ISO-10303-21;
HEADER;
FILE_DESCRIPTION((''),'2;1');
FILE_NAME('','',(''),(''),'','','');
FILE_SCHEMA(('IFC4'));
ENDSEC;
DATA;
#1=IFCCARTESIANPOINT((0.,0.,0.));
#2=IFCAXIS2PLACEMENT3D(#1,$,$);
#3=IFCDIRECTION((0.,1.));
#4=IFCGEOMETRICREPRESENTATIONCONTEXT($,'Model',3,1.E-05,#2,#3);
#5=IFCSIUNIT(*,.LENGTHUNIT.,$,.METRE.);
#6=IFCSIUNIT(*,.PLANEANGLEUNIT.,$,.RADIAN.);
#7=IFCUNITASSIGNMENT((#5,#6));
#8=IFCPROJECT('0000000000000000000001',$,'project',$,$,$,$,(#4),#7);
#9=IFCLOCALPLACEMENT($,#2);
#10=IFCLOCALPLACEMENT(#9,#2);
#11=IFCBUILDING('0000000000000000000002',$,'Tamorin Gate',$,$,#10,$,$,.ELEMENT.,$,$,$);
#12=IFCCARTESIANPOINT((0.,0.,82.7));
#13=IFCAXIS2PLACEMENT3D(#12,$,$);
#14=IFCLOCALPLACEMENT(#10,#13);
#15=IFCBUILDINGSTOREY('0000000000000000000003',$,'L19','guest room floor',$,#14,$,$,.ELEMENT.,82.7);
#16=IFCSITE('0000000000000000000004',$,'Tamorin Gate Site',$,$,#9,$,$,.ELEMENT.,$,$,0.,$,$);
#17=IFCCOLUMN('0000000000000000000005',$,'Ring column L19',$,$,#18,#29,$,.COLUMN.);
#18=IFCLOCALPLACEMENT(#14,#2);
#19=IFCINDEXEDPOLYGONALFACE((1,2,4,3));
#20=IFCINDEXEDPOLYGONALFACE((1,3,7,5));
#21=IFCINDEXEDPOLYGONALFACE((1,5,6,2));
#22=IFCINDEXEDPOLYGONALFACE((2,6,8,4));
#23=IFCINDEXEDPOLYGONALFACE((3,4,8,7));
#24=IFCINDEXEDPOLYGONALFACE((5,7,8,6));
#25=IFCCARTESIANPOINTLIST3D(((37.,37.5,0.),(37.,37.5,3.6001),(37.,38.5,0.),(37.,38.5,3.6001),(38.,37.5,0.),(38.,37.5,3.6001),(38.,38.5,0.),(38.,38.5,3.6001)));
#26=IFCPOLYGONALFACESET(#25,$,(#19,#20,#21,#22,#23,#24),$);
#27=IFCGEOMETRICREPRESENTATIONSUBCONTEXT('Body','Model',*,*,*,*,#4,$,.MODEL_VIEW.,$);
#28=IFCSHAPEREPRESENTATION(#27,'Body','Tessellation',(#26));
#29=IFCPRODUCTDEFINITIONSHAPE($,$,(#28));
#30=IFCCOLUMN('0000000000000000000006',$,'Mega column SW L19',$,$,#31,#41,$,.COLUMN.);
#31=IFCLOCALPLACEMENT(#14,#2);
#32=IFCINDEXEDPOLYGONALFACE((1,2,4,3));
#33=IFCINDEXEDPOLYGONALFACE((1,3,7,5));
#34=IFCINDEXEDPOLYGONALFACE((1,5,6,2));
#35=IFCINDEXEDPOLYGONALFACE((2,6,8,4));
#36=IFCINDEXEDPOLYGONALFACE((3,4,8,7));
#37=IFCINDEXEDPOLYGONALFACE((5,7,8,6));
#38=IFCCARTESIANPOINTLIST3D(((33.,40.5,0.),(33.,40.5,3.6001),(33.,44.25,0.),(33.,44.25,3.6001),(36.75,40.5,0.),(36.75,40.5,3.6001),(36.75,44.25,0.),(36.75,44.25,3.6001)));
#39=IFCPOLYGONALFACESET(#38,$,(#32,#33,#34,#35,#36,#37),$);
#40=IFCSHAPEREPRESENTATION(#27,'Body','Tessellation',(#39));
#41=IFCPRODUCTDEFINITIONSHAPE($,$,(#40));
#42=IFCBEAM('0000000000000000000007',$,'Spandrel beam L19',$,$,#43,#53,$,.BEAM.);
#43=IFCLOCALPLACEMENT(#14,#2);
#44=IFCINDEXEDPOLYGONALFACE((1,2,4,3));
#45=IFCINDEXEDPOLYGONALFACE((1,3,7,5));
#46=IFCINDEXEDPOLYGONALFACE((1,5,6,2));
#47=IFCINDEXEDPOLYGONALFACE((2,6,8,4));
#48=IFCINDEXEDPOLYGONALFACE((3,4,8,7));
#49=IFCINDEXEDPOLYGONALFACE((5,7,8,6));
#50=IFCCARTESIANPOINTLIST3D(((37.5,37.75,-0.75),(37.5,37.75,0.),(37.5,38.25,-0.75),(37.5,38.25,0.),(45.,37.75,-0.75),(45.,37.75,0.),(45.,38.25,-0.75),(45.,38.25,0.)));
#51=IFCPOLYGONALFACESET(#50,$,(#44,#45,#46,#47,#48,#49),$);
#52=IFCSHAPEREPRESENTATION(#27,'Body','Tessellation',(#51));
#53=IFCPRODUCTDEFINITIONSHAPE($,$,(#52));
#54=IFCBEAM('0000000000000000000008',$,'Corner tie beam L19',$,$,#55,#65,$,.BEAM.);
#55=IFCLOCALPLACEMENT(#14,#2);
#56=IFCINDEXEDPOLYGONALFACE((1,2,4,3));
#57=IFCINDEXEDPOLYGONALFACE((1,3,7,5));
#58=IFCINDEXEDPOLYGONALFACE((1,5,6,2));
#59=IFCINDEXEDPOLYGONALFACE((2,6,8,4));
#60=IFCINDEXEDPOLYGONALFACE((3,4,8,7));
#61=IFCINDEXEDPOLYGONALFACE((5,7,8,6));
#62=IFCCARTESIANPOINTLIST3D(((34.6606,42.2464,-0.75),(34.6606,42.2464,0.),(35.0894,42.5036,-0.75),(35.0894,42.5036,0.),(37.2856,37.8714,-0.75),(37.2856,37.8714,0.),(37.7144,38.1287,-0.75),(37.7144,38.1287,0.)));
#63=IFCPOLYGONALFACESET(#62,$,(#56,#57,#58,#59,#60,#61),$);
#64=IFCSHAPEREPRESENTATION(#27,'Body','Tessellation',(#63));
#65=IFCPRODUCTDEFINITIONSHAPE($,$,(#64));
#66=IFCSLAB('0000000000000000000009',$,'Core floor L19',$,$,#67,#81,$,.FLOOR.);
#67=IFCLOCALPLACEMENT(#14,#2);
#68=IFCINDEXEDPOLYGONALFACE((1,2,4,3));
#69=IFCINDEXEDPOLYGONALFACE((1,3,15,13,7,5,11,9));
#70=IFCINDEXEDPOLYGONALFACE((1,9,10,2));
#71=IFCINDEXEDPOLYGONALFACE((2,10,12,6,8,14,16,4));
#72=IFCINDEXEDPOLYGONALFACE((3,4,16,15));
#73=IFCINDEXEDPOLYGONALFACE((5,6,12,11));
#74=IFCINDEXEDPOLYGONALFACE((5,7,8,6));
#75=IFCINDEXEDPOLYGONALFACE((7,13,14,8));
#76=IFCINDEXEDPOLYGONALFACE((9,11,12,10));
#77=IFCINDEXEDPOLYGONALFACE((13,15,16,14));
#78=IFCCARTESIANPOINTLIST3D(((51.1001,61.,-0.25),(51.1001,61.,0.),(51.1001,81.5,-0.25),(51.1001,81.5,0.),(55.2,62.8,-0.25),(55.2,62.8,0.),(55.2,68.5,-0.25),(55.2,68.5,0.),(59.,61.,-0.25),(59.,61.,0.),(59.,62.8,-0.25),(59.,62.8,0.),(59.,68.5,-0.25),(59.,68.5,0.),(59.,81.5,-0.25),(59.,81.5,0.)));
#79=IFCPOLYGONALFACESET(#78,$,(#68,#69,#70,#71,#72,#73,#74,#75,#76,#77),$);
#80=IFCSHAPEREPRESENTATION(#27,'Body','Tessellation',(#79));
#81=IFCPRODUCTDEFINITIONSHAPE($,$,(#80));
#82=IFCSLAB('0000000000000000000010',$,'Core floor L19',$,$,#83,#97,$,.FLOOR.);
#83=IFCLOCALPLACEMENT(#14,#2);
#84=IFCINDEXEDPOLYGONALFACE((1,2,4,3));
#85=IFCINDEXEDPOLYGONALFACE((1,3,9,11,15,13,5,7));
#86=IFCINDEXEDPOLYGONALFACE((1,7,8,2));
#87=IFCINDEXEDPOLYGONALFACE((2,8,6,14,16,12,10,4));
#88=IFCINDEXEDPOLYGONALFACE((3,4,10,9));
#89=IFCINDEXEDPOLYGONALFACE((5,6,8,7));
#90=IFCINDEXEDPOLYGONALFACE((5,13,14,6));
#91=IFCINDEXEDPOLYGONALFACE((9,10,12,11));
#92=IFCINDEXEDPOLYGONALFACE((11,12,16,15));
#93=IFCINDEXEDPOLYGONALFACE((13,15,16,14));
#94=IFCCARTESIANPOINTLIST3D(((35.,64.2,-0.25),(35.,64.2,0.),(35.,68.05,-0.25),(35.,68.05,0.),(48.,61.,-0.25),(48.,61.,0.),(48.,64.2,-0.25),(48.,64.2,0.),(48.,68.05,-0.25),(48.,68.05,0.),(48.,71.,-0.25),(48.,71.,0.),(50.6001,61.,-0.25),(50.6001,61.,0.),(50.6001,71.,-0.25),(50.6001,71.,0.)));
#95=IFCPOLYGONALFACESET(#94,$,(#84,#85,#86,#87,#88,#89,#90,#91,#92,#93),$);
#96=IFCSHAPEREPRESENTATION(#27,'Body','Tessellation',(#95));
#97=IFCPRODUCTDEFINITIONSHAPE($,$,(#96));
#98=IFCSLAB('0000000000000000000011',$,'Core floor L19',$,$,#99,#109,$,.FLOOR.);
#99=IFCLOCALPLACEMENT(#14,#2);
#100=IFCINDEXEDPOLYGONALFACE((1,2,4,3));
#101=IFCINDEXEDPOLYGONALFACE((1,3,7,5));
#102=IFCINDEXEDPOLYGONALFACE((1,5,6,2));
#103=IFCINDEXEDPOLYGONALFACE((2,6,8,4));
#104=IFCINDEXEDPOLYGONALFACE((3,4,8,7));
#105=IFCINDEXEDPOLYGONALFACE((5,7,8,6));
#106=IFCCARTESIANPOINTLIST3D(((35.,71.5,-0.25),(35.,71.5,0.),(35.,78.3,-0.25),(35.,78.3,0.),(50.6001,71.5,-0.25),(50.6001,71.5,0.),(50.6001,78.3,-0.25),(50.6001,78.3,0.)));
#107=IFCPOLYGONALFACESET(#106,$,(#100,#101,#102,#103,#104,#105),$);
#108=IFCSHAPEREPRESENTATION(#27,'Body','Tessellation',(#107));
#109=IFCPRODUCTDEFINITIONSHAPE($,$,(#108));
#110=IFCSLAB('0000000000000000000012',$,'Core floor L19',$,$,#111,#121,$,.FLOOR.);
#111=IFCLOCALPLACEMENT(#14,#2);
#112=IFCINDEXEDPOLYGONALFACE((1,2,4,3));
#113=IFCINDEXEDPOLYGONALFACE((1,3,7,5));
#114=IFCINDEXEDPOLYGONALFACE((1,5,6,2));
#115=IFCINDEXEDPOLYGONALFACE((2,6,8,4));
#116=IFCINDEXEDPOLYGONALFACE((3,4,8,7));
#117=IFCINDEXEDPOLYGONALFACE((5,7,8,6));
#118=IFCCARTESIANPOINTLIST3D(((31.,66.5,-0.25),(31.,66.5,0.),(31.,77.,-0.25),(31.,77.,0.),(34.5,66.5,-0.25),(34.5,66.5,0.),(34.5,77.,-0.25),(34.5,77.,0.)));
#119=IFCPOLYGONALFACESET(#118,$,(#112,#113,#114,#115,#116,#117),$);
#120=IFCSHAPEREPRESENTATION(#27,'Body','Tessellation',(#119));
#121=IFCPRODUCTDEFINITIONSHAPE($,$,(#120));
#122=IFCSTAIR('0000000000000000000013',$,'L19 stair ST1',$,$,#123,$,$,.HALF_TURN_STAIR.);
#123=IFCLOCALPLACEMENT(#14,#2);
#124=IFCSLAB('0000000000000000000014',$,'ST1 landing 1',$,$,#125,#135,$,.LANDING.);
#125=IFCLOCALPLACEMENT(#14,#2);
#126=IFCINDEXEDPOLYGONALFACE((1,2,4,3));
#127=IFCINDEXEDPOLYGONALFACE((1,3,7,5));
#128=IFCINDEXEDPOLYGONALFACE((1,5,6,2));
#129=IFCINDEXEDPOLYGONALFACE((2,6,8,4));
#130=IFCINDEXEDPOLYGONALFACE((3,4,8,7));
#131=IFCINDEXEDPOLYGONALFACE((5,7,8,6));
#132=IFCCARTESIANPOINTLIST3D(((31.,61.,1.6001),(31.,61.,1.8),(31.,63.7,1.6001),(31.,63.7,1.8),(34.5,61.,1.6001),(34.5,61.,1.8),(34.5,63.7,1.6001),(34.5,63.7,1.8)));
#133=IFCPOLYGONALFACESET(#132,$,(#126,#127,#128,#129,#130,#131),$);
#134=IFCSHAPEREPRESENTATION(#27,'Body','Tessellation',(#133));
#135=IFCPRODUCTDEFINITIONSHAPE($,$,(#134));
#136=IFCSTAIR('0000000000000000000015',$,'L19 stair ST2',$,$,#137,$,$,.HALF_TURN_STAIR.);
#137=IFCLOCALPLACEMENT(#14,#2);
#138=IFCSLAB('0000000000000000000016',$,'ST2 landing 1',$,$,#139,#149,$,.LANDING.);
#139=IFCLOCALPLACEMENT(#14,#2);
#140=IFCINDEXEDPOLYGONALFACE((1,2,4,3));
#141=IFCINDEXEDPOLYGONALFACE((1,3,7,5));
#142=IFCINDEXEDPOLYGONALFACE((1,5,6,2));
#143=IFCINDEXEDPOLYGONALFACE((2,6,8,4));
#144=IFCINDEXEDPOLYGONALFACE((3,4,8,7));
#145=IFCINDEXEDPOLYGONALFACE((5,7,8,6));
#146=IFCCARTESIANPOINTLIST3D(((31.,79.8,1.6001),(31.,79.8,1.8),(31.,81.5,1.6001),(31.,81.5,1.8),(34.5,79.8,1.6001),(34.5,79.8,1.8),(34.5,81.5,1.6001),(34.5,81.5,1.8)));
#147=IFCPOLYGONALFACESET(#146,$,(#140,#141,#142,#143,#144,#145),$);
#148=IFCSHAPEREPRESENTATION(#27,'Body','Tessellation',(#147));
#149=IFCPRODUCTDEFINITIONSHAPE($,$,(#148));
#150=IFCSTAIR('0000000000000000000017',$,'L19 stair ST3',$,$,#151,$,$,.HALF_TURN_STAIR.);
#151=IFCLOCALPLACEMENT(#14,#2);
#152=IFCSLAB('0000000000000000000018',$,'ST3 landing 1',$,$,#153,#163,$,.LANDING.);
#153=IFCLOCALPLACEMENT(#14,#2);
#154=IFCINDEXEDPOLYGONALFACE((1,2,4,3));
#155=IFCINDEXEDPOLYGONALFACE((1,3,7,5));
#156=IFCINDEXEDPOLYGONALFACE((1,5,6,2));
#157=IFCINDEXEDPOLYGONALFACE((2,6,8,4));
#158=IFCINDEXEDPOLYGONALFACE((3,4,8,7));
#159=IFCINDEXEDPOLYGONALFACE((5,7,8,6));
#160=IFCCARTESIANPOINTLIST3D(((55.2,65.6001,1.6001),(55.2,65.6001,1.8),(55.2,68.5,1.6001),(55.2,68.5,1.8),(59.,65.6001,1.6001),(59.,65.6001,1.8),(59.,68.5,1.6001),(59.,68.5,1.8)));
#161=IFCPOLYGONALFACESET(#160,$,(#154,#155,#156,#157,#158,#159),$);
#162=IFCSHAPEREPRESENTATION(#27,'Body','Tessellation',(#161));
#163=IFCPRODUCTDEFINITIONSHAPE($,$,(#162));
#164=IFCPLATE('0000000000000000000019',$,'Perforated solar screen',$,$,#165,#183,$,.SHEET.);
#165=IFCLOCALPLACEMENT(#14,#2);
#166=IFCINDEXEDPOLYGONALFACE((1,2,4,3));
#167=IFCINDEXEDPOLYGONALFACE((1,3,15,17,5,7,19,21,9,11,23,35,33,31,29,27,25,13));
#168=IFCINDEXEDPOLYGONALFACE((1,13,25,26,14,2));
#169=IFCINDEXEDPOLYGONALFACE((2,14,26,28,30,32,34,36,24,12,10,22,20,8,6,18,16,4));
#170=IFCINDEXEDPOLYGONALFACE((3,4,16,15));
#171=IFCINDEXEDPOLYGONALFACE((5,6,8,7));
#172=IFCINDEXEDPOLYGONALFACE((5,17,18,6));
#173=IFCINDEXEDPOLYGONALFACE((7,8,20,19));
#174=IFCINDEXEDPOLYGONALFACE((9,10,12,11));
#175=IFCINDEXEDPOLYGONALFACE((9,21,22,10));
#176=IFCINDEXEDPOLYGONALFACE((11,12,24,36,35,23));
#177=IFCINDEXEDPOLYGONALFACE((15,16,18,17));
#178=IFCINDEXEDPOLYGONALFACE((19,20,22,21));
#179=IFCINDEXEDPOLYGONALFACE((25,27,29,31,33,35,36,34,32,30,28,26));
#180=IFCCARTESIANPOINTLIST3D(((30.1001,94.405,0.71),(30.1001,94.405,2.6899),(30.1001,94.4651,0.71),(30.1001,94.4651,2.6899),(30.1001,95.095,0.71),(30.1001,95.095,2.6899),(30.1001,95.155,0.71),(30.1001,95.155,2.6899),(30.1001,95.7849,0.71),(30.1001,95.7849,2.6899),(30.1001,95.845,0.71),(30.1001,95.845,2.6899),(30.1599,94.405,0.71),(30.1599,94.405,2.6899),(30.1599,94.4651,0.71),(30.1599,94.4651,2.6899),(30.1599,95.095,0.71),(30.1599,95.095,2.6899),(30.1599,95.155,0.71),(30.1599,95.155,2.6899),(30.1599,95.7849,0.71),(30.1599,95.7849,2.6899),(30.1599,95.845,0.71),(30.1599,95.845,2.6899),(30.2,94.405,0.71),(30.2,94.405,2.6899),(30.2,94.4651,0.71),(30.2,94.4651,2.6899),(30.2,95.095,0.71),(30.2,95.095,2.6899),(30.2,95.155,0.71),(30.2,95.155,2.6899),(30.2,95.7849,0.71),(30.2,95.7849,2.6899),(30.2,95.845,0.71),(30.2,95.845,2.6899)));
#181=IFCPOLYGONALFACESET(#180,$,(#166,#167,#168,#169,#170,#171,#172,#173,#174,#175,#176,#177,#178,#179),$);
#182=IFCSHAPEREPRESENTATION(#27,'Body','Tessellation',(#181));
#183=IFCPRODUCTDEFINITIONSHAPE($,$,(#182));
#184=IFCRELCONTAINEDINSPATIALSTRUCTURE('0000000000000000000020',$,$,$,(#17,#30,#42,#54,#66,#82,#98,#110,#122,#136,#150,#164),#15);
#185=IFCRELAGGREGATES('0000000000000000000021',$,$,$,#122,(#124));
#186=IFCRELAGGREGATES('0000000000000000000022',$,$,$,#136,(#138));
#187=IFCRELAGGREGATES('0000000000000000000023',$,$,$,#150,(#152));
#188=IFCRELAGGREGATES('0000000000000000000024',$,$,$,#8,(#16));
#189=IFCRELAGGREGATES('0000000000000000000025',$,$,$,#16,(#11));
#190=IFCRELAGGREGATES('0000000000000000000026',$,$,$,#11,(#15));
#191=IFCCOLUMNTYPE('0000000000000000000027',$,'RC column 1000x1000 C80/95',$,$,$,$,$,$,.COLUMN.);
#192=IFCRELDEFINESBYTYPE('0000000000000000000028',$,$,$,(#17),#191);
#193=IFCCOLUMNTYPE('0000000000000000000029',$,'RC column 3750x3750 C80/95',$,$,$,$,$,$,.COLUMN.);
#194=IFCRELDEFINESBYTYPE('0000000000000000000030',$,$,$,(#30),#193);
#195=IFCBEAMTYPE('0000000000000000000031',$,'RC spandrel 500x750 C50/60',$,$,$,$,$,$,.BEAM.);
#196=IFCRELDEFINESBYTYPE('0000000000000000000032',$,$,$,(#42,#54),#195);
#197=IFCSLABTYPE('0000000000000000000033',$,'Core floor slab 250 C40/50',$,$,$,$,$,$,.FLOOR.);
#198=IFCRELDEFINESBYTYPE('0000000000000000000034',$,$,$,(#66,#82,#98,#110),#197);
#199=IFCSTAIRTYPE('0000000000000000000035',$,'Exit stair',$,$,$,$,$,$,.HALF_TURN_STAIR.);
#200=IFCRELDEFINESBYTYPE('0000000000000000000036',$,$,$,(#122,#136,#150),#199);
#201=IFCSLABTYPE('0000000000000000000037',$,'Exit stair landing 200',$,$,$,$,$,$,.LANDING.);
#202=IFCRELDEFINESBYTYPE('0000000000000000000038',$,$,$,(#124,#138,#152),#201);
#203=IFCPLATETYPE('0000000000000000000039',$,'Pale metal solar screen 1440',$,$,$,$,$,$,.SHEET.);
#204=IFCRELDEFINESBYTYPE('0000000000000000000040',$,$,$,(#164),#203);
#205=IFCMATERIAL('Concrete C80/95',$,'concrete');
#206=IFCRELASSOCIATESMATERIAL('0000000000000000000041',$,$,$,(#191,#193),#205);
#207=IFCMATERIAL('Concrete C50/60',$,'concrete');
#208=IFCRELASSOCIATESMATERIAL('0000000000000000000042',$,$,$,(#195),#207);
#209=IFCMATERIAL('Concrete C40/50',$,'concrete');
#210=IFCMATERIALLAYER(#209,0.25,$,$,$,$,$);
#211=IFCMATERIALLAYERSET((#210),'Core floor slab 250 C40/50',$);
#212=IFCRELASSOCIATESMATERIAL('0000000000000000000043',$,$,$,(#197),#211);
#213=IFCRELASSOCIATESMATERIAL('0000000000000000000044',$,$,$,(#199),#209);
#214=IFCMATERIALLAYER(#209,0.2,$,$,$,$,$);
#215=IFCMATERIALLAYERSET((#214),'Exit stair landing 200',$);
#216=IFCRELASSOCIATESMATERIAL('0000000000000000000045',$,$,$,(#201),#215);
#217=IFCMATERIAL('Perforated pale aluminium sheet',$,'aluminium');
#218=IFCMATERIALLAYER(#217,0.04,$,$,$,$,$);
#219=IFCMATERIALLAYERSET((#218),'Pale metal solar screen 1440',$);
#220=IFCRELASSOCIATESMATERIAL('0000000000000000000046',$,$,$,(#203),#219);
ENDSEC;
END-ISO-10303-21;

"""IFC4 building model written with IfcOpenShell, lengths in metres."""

from ifc_helpers import new_model, si_unit, direction, frame, origin, origin_2d, place, context, subcontext, project, spatial, polyline, rectangle, outline, extrude, material, layer, layer_set, material_profile, profile_set, type_object, element, aggregate, save


model = new_model("IFC4")

# Units and contexts
model_context = context("Model", 3, precision=1e-05, world=origin(), true_north=direction((0.0, 1.0)))
body_context = subcontext(model_context, "Body", "Model", "MODEL_VIEW")
ifc_project = project(units=[si_unit("LENGTHUNIT", "METRE"), si_unit("PLANEANGLEUNIT", "RADIAN")], contexts=[model_context])

# Site, building, storey
site_placement = place(None, origin())
site = spatial("IfcSite", under=ifc_project, at=site_placement, Name="Tamorin Gate Site", CompositionType="ELEMENT", RefElevation=0.0)
building_placement = place(site_placement, origin())
building = spatial("IfcBuilding", under=site, at=building_placement, Name="Tamorin Gate", CompositionType="ELEMENT")
storey_placement = place(building_placement, frame((0.0, 0.0, 82.7)))
storey = spatial("IfcBuildingStorey", under=building, at=storey_placement, Name="L19", Description="guest room floor", CompositionType="ELEMENT", Elevation=82.7)

# Columns
ifc_material_1 = material(Name="Concrete C80/95", Category="concrete")
ifc_material_profile_1 = material_profile(ifc_material_1, rectangle(XDim=1.0, YDim=1.0, at=origin_2d()), Name="RC 1000x1000")
ifc_profile_set_1 = profile_set([ifc_material_profile_1], Name="Concrete C80/95")
column_type_1 = type_object("IfcColumnType", Name="RC column 1000x1000 C80/95", PredefinedType="COLUMN", material=ifc_profile_set_1)
column_1_placement = place(storey_placement, frame((37.5, 38.0, 0.0), z_axis=(0.0, 0.0, 1.0), x_axis=(1.0, 0.0, 0.0)))
element("IfcColumn", 1, at=column_1_placement, inside=storey, type_object=column_type_1, Name="Ring column L19", PredefinedType="COLUMN", context=body_context, shape_type="SweptSolid", body=[
    extrude(rectangle(XDim=1.0, YDim=1.0, at=origin_2d()), origin(), (0.0, 0.0, 1.0), 3.6001),
])
ifc_material_profile_2 = material_profile(ifc_material_1, rectangle(XDim=3.75, YDim=3.75, at=origin_2d()), Name="RC 3750x3750")
ifc_profile_set_2 = profile_set([ifc_material_profile_2], Name="Concrete C80/95")
column_type_2 = type_object("IfcColumnType", Name="RC column 3750x3750 C80/95", PredefinedType="COLUMN", material=ifc_profile_set_2)
column_2_placement = place(storey_placement, frame((34.875, 42.375, 0.0), z_axis=(0.0, 0.0, 1.0), x_axis=(1.0, 0.0, 0.0)))
element("IfcColumn", 2, at=column_2_placement, inside=storey, type_object=column_type_2, Name="Mega column SW L19", PredefinedType="COLUMN", context=body_context, shape_type="SweptSolid", body=[
    extrude(rectangle(XDim=3.75, YDim=3.75, at=origin_2d()), origin(), (0.0, 0.0, 1.0), 3.6001),
])

# Beams
ifc_material_2 = material(Name="Concrete C50/60", Category="concrete")
ifc_material_profile_3 = material_profile(ifc_material_2, rectangle(XDim=0.5, YDim=0.75, at=origin_2d()), Name="RC 500x750")
ifc_profile_set_3 = profile_set([ifc_material_profile_3], Name="Concrete C50/60")
beam_type = type_object("IfcBeamType", Name="RC spandrel 500x750 C50/60", PredefinedType="BEAM", material=ifc_profile_set_3)
beam_1_placement = place(storey_placement, frame((37.5, 38.0, -0.375), z_axis=(1.0, 0.0, 0.0), x_axis=(0.0, 1.0, 0.0)))
element("IfcBeam", 3, at=beam_1_placement, inside=storey, type_object=beam_type, Name="Spandrel beam L19", PredefinedType="BEAM", context=body_context, shape_type="SweptSolid", body=[
    extrude(rectangle(XDim=0.5, YDim=0.75, at=origin_2d()), origin(), (0.0, 0.0, 1.0), 7.5),
])
beam_2_placement = place(storey_placement, frame((34.875, 42.375, -0.375), z_axis=(0.514496, -0.857493, 0.0), x_axis=(0.857493, 0.514496, 0.0)))
element("IfcBeam", 4, at=beam_2_placement, inside=storey, type_object=beam_type, Name="Corner tie beam L19", PredefinedType="BEAM", context=body_context, shape_type="SweptSolid", body=[
    extrude(rectangle(XDim=0.5, YDim=0.75, at=origin_2d()), origin(), (0.0, 0.0, 1.0), 5.1021),
])

# Slabs
ifc_material_3 = material(Name="Concrete C40/50", Category="concrete")
ifc_layer_1 = layer(ifc_material_3, 0.25)
ifc_layer_set_1 = layer_set([ifc_layer_1], Name="Core floor slab 250 C40/50")
slab_type_1 = type_object("IfcSlabType", Name="Core floor slab 250 C40/50", PredefinedType="FLOOR", material=ifc_layer_set_1)
slab_1_placement = place(storey_placement, frame((0.0, 0.0, -0.25)))
element("IfcSlab", 5, at=slab_1_placement, inside=storey, type_object=slab_type_1, Name="Core floor L19", PredefinedType="FLOOR", context=body_context, shape_type="SweptSolid", body=[
    extrude(outline(polyline([(59.0, 62.8), (59.0, 61.0), (51.1001, 61.0), (51.1001, 81.5), (59.0, 81.5), (59.0, 68.5), (55.2, 68.5), (55.2, 62.8), (59.0, 62.8)])), origin(), (0.0, 0.0, 1.0), 0.25),
])
slab_2_placement = place(storey_placement, frame((0.0, 0.0, -0.25)))
element("IfcSlab", 6, at=slab_2_placement, inside=storey, type_object=slab_type_1, Name="Core floor L19", PredefinedType="FLOOR", context=body_context, shape_type="SweptSolid", body=[
    extrude(outline(polyline([(50.6001, 61.0), (48.0, 61.0), (48.0, 64.2), (35.0, 64.2), (35.0, 68.05), (48.0, 68.05), (48.0, 71.0), (50.6001, 71.0), (50.6001, 61.0)])), origin(), (0.0, 0.0, 1.0), 0.25),
])
slab_3_placement = place(storey_placement, frame((0.0, 0.0, -0.25)))
element("IfcSlab", 7, at=slab_3_placement, inside=storey, type_object=slab_type_1, Name="Core floor L19", PredefinedType="FLOOR", context=body_context, shape_type="SweptSolid", body=[
    extrude(outline(polyline([(50.6001, 71.5), (35.0, 71.5), (35.0, 78.3), (50.6001, 78.3), (50.6001, 71.5)])), origin(), (0.0, 0.0, 1.0), 0.25),
])
slab_4_placement = place(storey_placement, frame((0.0, 0.0, -0.25)))
element("IfcSlab", 8, at=slab_4_placement, inside=storey, type_object=slab_type_1, Name="Core floor L19", PredefinedType="FLOOR", context=body_context, shape_type="SweptSolid", body=[
    extrude(outline(polyline([(31.0, 66.5), (31.0, 77.0), (34.5, 77.0), (34.5, 66.5), (31.0, 66.5)])), origin(), (0.0, 0.0, 1.0), 0.25),
])

# Stairs, slabs
stair_type = type_object("IfcStairType", Name="Exit stair", PredefinedType="HALF_TURN_STAIR", material=ifc_material_3)
stair_1_placement = place(storey_placement, origin())
stair_1 = element("IfcStair", 9, at=stair_1_placement, inside=storey, type_object=stair_type, Name="L19 stair ST1", PredefinedType="HALF_TURN_STAIR")
ifc_layer_2 = layer(ifc_material_3, 0.2)
ifc_layer_set_2 = layer_set([ifc_layer_2], Name="Exit stair landing 200")
slab_type_2 = type_object("IfcSlabType", Name="Exit stair landing 200", PredefinedType="LANDING", material=ifc_layer_set_2)
slab_5_placement = place(storey_placement, frame((0.0, 0.0, 1.6001)))
slab_5 = element("IfcSlab", 10, at=slab_5_placement, type_object=slab_type_2, Name="ST1 landing 1", PredefinedType="LANDING", context=body_context, shape_type="SweptSolid", body=[
    extrude(outline(polyline([(31.0, 63.7), (31.0, 61.0), (34.5, 61.0), (34.5, 63.7), (31.0, 63.7)])), origin(), (0.0, 0.0, 1.0), 0.2),
])
aggregate(stair_1, [slab_5])
stair_2_placement = place(storey_placement, origin())
stair_2 = element("IfcStair", 11, at=stair_2_placement, inside=storey, type_object=stair_type, Name="L19 stair ST2", PredefinedType="HALF_TURN_STAIR")
slab_6_placement = place(storey_placement, frame((0.0, 0.0, 1.6001)))
slab_6 = element("IfcSlab", 12, at=slab_6_placement, type_object=slab_type_2, Name="ST2 landing 1", PredefinedType="LANDING", context=body_context, shape_type="SweptSolid", body=[
    extrude(outline(polyline([(34.5, 79.8), (34.5, 81.5), (31.0, 81.5), (31.0, 79.8), (34.5, 79.8)])), origin(), (0.0, 0.0, 1.0), 0.2),
])
aggregate(stair_2, [slab_6])
stair_3_placement = place(storey_placement, origin())
stair_3 = element("IfcStair", 13, at=stair_3_placement, inside=storey, type_object=stair_type, Name="L19 stair ST3", PredefinedType="HALF_TURN_STAIR")
slab_7_placement = place(storey_placement, frame((0.0, 0.0, 1.6001)))
slab_7 = element("IfcSlab", 14, at=slab_7_placement, type_object=slab_type_2, Name="ST3 landing 1", PredefinedType="LANDING", context=body_context, shape_type="SweptSolid", body=[
    extrude(outline(polyline([(59.0, 65.6001), (59.0, 68.5), (55.2, 68.5), (55.2, 65.6001), (59.0, 65.6001)])), origin(), (0.0, 0.0, 1.0), 0.2),
])
aggregate(stair_3, [slab_7])

# Plate
ifc_material_4 = material(Name="Perforated pale aluminium sheet", Category="aluminium")
ifc_layer_3 = layer(ifc_material_4, 0.04)
ifc_layer_set_3 = layer_set([ifc_layer_3], Name="Pale metal solar screen 1440")
plate_type = type_object("IfcPlateType", Name="Pale metal solar screen 1440", PredefinedType="SHEET", material=ifc_layer_set_3)
plate_1_placement = place(storey_placement, frame((0.0, 0.0, 0.71)))
element("IfcPlate", 15, at=plate_1_placement, inside=storey, type_object=plate_type, Name="Perforated solar screen", PredefinedType="SHEET", context=body_context, shape_type="SweptSolid", body=[
    extrude(outline(polyline([(30.1599, 95.845), (30.2, 95.845), (30.2, 95.7849), (30.2, 95.155), (30.2, 95.095), (30.2, 94.4651), (30.2, 94.405), (30.2, 94.405), (30.1599, 94.405), (30.1599, 94.405), (30.1001, 94.405), (30.1001, 94.4651), (30.1599, 94.4651), (30.1599, 95.095), (30.1001, 95.095), (30.1001, 95.155), (30.1599, 95.155), (30.1599, 95.7849), (30.1001, 95.7849), (30.1001, 95.845), (30.1599, 95.845)])), origin(), (0.0, 0.0, 1.0), 1.98),
])

save(model, "model.ifc")
